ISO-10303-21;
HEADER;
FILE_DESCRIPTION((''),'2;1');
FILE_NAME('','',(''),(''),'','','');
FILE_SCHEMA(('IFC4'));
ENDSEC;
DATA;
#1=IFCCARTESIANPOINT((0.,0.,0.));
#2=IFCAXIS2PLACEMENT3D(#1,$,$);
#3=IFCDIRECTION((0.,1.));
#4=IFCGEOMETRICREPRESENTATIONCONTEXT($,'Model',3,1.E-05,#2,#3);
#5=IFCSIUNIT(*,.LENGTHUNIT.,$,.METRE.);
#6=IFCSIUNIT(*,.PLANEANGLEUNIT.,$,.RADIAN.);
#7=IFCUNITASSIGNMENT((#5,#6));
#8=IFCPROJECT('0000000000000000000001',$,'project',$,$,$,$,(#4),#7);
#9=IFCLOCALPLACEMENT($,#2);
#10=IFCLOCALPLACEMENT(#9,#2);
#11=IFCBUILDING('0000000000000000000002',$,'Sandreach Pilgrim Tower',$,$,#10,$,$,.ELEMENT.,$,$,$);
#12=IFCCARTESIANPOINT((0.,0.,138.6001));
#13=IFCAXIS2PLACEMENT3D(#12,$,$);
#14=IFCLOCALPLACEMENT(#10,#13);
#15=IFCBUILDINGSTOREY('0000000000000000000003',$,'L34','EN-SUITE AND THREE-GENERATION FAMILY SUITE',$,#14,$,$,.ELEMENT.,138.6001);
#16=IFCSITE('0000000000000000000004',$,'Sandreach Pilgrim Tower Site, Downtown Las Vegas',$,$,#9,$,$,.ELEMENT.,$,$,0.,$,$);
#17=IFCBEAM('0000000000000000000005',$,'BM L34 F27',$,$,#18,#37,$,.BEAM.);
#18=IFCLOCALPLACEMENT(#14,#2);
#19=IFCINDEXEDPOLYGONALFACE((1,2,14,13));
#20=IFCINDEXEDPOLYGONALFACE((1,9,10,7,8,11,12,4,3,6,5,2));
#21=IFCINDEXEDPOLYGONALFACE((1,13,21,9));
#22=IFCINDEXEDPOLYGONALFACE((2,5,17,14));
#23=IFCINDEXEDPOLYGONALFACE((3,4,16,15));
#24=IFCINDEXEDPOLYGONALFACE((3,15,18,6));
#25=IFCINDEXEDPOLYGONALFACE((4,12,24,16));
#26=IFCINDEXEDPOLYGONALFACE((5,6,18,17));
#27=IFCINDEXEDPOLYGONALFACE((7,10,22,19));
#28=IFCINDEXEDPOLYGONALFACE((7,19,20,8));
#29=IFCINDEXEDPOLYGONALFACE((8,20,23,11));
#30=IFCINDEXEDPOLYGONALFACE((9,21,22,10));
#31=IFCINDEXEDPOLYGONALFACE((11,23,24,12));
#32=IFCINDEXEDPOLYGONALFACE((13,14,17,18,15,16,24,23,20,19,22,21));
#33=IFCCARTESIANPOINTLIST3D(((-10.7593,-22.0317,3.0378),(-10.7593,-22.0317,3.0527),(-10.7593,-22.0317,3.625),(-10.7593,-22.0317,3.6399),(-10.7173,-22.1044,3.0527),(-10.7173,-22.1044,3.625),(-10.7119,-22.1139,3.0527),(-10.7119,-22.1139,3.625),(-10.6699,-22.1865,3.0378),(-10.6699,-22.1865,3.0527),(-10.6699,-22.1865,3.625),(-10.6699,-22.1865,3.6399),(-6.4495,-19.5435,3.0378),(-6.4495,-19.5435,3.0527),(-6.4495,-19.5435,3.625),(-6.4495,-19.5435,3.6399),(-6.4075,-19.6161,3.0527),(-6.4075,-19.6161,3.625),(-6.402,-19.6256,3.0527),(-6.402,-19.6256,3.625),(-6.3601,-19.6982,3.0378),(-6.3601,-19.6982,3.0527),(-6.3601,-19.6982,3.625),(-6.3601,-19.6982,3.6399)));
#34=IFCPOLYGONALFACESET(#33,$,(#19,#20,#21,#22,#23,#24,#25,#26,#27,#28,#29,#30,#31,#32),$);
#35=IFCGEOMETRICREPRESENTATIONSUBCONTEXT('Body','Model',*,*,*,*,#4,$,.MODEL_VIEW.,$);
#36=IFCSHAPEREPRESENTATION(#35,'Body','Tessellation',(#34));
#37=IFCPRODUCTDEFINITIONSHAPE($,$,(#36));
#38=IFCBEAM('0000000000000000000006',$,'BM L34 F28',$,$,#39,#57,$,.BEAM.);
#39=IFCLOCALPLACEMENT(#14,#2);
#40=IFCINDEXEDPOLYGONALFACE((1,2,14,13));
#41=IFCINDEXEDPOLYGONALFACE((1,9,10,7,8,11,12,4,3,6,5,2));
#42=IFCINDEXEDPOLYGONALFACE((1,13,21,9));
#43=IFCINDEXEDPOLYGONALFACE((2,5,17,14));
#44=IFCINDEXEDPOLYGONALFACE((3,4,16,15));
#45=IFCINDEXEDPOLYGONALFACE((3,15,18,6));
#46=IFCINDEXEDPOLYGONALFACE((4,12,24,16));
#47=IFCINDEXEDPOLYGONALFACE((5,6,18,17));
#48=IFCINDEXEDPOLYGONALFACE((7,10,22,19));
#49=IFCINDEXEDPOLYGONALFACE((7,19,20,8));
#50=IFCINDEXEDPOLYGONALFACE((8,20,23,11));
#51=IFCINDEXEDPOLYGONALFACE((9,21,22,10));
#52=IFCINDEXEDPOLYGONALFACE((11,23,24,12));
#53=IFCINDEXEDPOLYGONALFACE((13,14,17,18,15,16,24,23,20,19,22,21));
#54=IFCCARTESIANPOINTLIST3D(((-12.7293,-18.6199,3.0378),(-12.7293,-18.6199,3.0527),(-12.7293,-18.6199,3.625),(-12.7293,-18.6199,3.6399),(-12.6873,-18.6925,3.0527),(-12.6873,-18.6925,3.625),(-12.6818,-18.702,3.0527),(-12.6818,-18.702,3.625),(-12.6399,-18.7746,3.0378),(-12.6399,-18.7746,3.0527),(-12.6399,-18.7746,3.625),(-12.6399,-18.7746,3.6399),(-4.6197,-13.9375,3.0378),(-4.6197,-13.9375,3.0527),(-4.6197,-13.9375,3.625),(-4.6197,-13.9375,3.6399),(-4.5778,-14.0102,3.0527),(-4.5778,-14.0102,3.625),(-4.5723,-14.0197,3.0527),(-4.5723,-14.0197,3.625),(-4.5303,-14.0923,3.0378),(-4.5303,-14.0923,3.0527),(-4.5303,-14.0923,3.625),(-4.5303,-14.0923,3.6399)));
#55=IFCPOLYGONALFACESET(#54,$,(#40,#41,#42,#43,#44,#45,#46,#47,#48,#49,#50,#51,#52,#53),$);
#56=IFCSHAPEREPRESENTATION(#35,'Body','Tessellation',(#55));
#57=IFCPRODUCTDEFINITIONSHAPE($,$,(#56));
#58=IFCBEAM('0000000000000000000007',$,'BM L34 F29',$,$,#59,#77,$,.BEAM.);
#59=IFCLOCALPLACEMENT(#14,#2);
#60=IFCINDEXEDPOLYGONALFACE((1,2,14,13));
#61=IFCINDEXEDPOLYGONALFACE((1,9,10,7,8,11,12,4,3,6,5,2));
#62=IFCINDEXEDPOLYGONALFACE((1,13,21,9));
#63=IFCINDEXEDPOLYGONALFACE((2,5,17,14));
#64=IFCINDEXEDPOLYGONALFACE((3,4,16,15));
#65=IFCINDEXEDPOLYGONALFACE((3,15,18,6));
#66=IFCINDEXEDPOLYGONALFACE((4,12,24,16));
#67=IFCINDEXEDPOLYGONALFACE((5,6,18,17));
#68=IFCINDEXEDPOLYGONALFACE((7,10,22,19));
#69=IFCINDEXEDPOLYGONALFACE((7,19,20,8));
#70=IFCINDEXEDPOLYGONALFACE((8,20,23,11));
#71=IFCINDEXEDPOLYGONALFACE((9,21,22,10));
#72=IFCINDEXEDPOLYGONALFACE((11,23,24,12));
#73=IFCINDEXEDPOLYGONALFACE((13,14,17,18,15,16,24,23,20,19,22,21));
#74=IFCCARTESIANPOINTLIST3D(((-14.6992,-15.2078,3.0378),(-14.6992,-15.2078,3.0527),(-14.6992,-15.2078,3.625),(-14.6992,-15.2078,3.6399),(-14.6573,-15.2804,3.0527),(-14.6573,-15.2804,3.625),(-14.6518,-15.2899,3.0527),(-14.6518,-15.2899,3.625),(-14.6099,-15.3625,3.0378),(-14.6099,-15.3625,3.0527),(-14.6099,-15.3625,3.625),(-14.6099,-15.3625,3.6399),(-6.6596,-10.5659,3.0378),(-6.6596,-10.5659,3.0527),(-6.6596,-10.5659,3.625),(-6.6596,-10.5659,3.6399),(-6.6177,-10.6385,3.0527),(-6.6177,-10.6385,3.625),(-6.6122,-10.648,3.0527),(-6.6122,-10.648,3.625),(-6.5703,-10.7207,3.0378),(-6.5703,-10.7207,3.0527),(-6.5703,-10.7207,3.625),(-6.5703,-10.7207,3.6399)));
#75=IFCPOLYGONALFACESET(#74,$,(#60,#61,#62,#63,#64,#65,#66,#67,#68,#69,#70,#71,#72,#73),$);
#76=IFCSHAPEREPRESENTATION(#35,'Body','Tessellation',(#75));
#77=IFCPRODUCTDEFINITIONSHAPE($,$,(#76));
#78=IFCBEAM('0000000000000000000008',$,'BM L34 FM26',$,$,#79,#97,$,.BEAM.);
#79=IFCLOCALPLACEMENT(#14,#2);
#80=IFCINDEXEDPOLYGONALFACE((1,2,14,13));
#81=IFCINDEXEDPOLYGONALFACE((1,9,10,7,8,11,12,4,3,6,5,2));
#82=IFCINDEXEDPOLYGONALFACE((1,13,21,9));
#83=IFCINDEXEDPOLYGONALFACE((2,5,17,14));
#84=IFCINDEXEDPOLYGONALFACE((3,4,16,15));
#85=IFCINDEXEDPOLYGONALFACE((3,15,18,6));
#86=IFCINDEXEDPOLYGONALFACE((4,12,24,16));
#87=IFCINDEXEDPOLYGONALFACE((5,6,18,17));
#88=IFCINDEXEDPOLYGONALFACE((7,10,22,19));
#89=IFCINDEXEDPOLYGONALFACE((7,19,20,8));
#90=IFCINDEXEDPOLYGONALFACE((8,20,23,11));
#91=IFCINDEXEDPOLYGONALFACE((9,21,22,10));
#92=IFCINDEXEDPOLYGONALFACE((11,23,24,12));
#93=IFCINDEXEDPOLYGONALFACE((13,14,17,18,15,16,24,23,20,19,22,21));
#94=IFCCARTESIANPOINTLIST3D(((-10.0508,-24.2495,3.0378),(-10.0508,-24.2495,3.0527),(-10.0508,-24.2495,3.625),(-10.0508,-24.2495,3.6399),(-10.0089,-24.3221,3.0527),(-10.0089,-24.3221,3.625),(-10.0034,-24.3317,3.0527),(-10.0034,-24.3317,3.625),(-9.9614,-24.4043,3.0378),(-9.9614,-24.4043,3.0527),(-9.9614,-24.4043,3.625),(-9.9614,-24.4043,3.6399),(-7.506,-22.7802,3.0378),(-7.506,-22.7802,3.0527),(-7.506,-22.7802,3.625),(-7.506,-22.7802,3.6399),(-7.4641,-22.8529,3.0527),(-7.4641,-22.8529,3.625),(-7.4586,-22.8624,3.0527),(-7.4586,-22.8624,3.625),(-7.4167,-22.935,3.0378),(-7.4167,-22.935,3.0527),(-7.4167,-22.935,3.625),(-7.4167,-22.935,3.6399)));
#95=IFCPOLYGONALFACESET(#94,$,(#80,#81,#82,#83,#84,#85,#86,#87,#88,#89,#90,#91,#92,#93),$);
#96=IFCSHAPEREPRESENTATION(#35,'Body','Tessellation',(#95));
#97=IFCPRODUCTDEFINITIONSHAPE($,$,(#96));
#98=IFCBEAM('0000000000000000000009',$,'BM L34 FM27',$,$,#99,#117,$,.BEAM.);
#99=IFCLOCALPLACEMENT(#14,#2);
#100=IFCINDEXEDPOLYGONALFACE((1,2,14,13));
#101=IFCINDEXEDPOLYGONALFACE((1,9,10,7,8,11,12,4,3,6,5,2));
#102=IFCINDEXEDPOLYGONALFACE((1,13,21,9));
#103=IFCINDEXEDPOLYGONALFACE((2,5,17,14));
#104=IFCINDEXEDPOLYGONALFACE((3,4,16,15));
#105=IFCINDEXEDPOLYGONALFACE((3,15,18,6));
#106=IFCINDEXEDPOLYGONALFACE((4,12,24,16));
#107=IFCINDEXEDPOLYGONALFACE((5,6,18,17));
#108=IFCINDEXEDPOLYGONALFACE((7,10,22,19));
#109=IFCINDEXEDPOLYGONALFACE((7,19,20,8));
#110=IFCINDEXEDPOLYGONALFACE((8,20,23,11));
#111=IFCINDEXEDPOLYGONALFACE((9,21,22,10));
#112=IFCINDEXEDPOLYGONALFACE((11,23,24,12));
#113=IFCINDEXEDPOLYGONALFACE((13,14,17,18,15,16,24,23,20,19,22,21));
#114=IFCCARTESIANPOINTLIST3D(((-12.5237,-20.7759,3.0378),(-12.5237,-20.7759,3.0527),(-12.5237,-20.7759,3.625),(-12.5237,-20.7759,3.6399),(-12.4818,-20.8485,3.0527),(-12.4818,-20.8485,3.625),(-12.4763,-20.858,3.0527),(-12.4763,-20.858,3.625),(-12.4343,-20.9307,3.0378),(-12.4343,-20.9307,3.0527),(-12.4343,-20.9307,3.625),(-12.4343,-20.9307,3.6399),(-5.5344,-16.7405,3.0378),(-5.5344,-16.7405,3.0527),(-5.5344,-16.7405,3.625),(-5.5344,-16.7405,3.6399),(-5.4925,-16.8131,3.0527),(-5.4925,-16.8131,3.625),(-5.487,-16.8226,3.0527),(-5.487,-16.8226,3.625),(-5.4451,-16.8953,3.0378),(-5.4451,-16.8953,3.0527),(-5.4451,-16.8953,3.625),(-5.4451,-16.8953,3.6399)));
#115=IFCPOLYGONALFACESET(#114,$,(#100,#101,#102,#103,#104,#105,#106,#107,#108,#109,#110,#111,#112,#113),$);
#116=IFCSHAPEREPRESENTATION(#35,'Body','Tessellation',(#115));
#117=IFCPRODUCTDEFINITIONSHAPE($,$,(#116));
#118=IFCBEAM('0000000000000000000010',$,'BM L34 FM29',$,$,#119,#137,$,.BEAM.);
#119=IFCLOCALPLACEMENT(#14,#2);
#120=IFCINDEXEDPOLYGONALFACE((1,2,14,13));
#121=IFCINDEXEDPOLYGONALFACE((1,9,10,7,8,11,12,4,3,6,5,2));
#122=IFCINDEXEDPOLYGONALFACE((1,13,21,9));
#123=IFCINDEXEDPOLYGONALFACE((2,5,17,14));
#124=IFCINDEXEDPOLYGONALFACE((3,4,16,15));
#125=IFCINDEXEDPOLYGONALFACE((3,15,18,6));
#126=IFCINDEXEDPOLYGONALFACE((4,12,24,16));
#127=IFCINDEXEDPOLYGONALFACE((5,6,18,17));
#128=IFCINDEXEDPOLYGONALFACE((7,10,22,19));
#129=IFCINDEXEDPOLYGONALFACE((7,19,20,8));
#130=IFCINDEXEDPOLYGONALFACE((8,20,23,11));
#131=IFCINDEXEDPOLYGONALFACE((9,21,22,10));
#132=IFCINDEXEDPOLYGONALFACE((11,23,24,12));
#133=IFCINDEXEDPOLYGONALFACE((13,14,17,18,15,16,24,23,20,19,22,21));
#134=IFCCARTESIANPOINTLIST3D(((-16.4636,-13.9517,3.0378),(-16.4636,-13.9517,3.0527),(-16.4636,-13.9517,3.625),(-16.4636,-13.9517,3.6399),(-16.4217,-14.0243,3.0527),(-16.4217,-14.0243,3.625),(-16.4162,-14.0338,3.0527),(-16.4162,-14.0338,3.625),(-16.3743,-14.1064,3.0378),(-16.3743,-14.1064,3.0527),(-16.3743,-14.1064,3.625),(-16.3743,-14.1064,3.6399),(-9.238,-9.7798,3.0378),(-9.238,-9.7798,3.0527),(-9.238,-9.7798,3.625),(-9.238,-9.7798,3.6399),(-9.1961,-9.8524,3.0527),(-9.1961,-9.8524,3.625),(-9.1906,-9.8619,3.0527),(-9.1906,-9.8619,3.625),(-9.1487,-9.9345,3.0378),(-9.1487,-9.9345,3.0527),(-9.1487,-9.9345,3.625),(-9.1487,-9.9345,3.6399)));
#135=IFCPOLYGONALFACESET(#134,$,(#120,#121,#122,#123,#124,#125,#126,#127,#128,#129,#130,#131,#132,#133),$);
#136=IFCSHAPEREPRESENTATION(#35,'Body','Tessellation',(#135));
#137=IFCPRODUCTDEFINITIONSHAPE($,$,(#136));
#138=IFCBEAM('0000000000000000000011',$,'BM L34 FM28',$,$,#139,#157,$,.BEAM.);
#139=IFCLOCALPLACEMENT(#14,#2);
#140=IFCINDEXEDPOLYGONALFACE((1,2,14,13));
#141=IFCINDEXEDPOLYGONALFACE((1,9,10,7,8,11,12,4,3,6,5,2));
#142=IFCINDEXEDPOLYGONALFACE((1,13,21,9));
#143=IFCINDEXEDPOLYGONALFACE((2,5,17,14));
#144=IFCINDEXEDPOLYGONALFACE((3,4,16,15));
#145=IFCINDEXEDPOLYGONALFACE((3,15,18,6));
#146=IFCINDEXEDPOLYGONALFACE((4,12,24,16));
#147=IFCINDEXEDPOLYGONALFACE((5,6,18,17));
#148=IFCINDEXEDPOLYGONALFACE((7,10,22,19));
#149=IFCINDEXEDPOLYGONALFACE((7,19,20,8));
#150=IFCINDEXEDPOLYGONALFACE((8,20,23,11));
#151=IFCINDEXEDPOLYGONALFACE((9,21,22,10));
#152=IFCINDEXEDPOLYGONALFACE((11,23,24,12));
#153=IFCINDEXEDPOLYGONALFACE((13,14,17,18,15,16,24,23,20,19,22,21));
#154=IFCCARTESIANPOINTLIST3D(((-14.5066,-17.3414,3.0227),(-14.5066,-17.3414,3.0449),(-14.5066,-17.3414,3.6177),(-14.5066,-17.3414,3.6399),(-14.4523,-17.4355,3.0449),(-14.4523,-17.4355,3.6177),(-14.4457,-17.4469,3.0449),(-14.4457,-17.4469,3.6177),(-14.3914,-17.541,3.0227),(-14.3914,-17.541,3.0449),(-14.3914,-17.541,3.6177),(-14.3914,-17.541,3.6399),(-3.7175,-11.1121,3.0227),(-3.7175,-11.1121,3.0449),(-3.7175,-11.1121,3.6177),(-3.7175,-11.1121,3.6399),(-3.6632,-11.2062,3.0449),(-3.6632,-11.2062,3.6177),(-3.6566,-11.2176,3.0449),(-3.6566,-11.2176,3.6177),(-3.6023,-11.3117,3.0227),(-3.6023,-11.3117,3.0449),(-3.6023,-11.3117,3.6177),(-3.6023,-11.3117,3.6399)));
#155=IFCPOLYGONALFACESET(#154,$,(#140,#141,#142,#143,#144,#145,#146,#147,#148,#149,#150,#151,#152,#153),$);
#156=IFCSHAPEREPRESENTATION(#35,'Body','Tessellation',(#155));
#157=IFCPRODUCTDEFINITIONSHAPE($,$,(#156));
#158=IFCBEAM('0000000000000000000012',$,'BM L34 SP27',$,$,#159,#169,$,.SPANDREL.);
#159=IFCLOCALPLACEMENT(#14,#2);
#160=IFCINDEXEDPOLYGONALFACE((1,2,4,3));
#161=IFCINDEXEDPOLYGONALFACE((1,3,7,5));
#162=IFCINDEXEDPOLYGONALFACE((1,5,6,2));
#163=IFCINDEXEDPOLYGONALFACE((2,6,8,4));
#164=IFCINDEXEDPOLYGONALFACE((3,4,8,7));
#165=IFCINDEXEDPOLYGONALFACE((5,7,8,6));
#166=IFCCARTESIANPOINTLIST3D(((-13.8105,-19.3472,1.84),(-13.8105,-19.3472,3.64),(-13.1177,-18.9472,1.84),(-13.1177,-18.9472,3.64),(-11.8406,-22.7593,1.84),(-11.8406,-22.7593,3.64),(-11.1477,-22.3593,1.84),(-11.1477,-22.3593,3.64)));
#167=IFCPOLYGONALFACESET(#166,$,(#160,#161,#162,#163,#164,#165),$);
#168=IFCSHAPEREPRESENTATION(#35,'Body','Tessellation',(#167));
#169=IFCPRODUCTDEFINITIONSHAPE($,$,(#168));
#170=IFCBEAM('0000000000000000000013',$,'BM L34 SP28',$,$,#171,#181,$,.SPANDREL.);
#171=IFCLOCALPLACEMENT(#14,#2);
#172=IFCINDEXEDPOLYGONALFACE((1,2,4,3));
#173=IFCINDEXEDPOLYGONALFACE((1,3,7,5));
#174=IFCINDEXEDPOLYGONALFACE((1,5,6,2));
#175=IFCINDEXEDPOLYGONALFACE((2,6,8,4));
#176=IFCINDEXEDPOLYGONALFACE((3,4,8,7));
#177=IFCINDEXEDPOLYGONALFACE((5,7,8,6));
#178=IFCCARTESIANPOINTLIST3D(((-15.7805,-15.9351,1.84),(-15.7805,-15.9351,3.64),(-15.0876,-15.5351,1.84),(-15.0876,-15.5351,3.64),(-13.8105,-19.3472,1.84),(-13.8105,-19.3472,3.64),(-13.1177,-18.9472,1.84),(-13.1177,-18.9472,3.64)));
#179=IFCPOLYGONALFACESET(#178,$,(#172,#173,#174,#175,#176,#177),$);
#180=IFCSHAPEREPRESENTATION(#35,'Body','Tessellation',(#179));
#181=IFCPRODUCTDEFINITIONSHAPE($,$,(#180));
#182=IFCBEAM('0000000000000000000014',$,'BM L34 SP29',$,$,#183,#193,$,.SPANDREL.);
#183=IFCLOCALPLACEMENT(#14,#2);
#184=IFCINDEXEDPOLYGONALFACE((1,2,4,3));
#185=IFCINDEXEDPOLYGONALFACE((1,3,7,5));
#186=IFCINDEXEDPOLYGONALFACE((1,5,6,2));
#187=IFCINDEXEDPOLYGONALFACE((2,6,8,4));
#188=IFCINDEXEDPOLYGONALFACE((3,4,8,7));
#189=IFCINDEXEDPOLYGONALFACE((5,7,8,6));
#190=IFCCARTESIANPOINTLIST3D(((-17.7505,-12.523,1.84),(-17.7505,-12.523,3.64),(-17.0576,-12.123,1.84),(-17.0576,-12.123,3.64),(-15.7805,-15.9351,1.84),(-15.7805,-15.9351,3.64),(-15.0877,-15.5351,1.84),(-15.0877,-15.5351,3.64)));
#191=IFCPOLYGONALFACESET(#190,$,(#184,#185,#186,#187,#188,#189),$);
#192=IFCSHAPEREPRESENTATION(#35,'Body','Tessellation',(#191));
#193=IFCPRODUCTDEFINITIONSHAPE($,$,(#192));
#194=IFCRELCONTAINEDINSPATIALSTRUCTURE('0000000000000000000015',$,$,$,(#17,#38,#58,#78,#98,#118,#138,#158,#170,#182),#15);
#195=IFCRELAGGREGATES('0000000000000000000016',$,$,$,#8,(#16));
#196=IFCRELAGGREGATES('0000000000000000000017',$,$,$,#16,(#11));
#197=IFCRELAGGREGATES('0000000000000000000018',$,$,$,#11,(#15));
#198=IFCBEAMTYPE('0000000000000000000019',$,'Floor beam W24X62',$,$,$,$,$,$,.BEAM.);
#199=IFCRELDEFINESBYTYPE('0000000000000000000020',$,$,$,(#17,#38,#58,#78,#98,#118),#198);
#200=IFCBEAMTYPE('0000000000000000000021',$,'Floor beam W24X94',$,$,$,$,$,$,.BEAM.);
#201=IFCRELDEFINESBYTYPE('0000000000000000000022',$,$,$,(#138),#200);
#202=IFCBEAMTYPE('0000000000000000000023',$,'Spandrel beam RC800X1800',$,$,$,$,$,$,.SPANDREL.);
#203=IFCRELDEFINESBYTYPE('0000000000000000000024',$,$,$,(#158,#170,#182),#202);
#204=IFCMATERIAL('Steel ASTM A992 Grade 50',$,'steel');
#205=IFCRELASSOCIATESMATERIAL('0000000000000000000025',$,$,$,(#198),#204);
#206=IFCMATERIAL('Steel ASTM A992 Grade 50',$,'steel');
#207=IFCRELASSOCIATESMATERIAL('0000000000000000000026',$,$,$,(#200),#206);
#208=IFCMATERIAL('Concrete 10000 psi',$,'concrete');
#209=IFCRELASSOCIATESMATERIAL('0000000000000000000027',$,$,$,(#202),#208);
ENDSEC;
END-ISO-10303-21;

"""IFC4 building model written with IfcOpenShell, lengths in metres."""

from ifc_helpers import new_model, si_unit, direction, frame, origin, origin_2d, place, context, subcontext, project, spatial, rectangle, i_section, extrude, material, material_profile, profile_set, type_object, element, save


model = new_model("IFC4")

# Units and contexts
model_context = context("Model", 3, precision=1e-05, world=origin(), true_north=direction((0.0, 1.0)))
body_context = subcontext(model_context, "Body", "Model", "MODEL_VIEW")
ifc_project = project(units=[si_unit("LENGTHUNIT", "METRE"), si_unit("PLANEANGLEUNIT", "RADIAN")], contexts=[model_context])

# Site, building, storey
site_placement = place(None, origin())
site = spatial("IfcSite", under=ifc_project, at=site_placement, Name="Sandreach Pilgrim Tower Site, Downtown Las Vegas", CompositionType="ELEMENT", RefElevation=0.0)
building_placement = place(site_placement, origin())
building = spatial("IfcBuilding", under=site, at=building_placement, Name="Sandreach Pilgrim Tower", CompositionType="ELEMENT")
storey_placement = place(building_placement, frame((0.0, 0.0, 138.6001)))
storey = spatial("IfcBuildingStorey", under=building, at=storey_placement, Name="L34", Description="EN-SUITE AND THREE-GENERATION FAMILY SUITE", CompositionType="ELEMENT", Elevation=138.6001)

# Beams
ifc_material_1 = material(Name="Steel ASTM A992 Grade 50", Category="steel")
ifc_material_profile_1 = material_profile(ifc_material_1, i_section(OverallWidth=0.1787, OverallDepth=0.6021, WebThickness=0.011, FlangeThickness=0.0149, at=origin_2d()), Name="W24X62")
ifc_profile_set_1 = profile_set([ifc_material_profile_1], Name="Steel ASTM A992 Grade 50")
beam_type_1 = type_object("IfcBeamType", Name="Floor beam W24X62", PredefinedType="BEAM", material=ifc_profile_set_1)
beam_1_placement = place(storey_placement, frame((-10.7146, -22.1091, 3.3389), z_axis=(0.866025, 0.500001, 0.0), x_axis=(-0.500001, 0.866025, 0.0)))
element("IfcBeam", 1, at=beam_1_placement, inside=storey, type_object=beam_type_1, Name="BM L34 F27", PredefinedType="BEAM", context=body_context, shape_type="SweptSolid", body=[
    extrude(i_section(OverallWidth=0.1787, OverallDepth=0.6021, WebThickness=0.011, FlangeThickness=0.0149, at=origin_2d()), origin(), (0.0, 0.0, 1.0), 4.9766),
])
beam_2_placement = place(storey_placement, frame((-12.6846, -18.6973, 3.3389), z_axis=(0.866012, 0.500023, 0.0), x_axis=(-0.500023, 0.866012, 0.0)))
element("IfcBeam", 2, at=beam_2_placement, inside=storey, type_object=beam_type_1, Name="BM L34 F28", PredefinedType="BEAM", context=body_context, shape_type="SweptSolid", body=[
    extrude(i_section(OverallWidth=0.1787, OverallDepth=0.6021, WebThickness=0.011, FlangeThickness=0.0149, at=origin_2d()), origin(), (0.0, 0.0, 1.0), 9.3643),
])
beam_3_placement = place(storey_placement, frame((-14.6545, -15.2852, 3.3389), z_axis=(0.866016, 0.500017, 0.0), x_axis=(-0.500017, 0.866016, 0.0)))
element("IfcBeam", 3, at=beam_3_placement, inside=storey, type_object=beam_type_1, Name="BM L34 F29", PredefinedType="BEAM", context=body_context, shape_type="SweptSolid", body=[
    extrude(i_section(OverallWidth=0.1787, OverallDepth=0.6021, WebThickness=0.011, FlangeThickness=0.0149, at=origin_2d()), origin(), (0.0, 0.0, 1.0), 9.2834),
])
beam_4_placement = place(storey_placement, frame((-10.0061, -24.3269, 3.3389), z_axis=(0.866015, 0.500017, 0.0), x_axis=(-0.500017, 0.866015, 0.0)))
element("IfcBeam", 4, at=beam_4_placement, inside=storey, type_object=beam_type_1, Name="BM L34 FM26", PredefinedType="BEAM", context=body_context, shape_type="SweptSolid", body=[
    extrude(i_section(OverallWidth=0.1787, OverallDepth=0.6021, WebThickness=0.011, FlangeThickness=0.0149, at=origin_2d()), origin(), (0.0, 0.0, 1.0), 2.9385),
])
beam_5_placement = place(storey_placement, frame((-12.479, -20.8533, 3.3389), z_axis=(0.866017, 0.500014, 0.0), x_axis=(-0.500014, 0.866017, 0.0)))
element("IfcBeam", 5, at=beam_5_placement, inside=storey, type_object=beam_type_1, Name="BM L34 FM27", PredefinedType="BEAM", context=body_context, shape_type="SweptSolid", body=[
    extrude(i_section(OverallWidth=0.1787, OverallDepth=0.6021, WebThickness=0.011, FlangeThickness=0.0149, at=origin_2d()), origin(), (0.0, 0.0, 1.0), 8.0706),
])
beam_6_placement = place(storey_placement, frame((-16.4189, -14.0291, 3.3389), z_axis=(0.866016, 0.500016, 0.0), x_axis=(-0.500016, 0.866016, 0.0)))
element("IfcBeam", 6, at=beam_6_placement, inside=storey, type_object=beam_type_1, Name="BM L34 FM29", PredefinedType="BEAM", context=body_context, shape_type="SweptSolid", body=[
    extrude(i_section(OverallWidth=0.1787, OverallDepth=0.6021, WebThickness=0.011, FlangeThickness=0.0149, at=origin_2d()), origin(), (0.0, 0.0, 1.0), 8.3435),
])
ifc_material_2 = material(Name="Steel ASTM A992 Grade 50", Category="steel")
ifc_material_profile_2 = material_profile(ifc_material_2, i_section(OverallWidth=0.2305, OverallDepth=0.6172, WebThickness=0.0132, FlangeThickness=0.0222, at=origin_2d()), Name="W24X94")
ifc_profile_set_2 = profile_set([ifc_material_profile_2], Name="Steel ASTM A992 Grade 50")
beam_type_2 = type_object("IfcBeamType", Name="Floor beam W24X94", PredefinedType="BEAM", material=ifc_profile_set_2)
beam_7_placement = place(storey_placement, frame((-14.449, -17.4412, 3.3313), z_axis=(0.866019, 0.500011, 0.0), x_axis=(-0.500011, 0.866019, 0.0)))
element("IfcBeam", 7, at=beam_7_placement, inside=storey, type_object=beam_type_2, Name="BM L34 FM28", PredefinedType="BEAM", context=body_context, shape_type="SweptSolid", body=[
    extrude(i_section(OverallWidth=0.2305, OverallDepth=0.6172, WebThickness=0.0132, FlangeThickness=0.0222, at=origin_2d()), origin(), (0.0, 0.0, 1.0), 12.4583),
])
ifc_material_3 = material(Name="Concrete 10000 psi", Category="concrete")
ifc_material_profile_3 = material_profile(ifc_material_3, rectangle(XDim=0.8, YDim=1.8, at=origin_2d()), Name="RC800X1800")
ifc_profile_set_3 = profile_set([ifc_material_profile_3], Name="Concrete 10000 psi")
beam_type_3 = type_object("IfcBeamType", Name="Spandrel beam RC800X1800", PredefinedType="SPANDREL", material=ifc_profile_set_3)
for number, where, z_axis, x_axis, name in (
    (8, (-11.4941, -22.5593, 2.74), (-0.499998, 0.866027, 0.0), (-0.866027, -0.499998, 0.0), "BM L34 SP27"),
    (9, (-13.4641, -19.1472, 2.74), (-0.499998, 0.866027, 0.0), (-0.866027, -0.499998, 0.0), "BM L34 SP28"),
    (10, (-15.4341, -15.7351, 2.74), (-0.499998, 0.866027, 0.0), (-0.866027, -0.499998, 0.0), "BM L34 SP29"),
):
    element("IfcBeam", number, at=place(storey_placement, frame(where, z_axis=z_axis, x_axis=x_axis)), inside=storey, type_object=beam_type_3, Name=name, PredefinedType="SPANDREL", context=body_context, shape_type="SweptSolid", body=[
        extrude(rectangle(XDim=0.8, YDim=1.8, at=origin_2d()), origin(), (0.0, 0.0, 1.0), 3.9399),
    ])

save(model, "model.ifc")
